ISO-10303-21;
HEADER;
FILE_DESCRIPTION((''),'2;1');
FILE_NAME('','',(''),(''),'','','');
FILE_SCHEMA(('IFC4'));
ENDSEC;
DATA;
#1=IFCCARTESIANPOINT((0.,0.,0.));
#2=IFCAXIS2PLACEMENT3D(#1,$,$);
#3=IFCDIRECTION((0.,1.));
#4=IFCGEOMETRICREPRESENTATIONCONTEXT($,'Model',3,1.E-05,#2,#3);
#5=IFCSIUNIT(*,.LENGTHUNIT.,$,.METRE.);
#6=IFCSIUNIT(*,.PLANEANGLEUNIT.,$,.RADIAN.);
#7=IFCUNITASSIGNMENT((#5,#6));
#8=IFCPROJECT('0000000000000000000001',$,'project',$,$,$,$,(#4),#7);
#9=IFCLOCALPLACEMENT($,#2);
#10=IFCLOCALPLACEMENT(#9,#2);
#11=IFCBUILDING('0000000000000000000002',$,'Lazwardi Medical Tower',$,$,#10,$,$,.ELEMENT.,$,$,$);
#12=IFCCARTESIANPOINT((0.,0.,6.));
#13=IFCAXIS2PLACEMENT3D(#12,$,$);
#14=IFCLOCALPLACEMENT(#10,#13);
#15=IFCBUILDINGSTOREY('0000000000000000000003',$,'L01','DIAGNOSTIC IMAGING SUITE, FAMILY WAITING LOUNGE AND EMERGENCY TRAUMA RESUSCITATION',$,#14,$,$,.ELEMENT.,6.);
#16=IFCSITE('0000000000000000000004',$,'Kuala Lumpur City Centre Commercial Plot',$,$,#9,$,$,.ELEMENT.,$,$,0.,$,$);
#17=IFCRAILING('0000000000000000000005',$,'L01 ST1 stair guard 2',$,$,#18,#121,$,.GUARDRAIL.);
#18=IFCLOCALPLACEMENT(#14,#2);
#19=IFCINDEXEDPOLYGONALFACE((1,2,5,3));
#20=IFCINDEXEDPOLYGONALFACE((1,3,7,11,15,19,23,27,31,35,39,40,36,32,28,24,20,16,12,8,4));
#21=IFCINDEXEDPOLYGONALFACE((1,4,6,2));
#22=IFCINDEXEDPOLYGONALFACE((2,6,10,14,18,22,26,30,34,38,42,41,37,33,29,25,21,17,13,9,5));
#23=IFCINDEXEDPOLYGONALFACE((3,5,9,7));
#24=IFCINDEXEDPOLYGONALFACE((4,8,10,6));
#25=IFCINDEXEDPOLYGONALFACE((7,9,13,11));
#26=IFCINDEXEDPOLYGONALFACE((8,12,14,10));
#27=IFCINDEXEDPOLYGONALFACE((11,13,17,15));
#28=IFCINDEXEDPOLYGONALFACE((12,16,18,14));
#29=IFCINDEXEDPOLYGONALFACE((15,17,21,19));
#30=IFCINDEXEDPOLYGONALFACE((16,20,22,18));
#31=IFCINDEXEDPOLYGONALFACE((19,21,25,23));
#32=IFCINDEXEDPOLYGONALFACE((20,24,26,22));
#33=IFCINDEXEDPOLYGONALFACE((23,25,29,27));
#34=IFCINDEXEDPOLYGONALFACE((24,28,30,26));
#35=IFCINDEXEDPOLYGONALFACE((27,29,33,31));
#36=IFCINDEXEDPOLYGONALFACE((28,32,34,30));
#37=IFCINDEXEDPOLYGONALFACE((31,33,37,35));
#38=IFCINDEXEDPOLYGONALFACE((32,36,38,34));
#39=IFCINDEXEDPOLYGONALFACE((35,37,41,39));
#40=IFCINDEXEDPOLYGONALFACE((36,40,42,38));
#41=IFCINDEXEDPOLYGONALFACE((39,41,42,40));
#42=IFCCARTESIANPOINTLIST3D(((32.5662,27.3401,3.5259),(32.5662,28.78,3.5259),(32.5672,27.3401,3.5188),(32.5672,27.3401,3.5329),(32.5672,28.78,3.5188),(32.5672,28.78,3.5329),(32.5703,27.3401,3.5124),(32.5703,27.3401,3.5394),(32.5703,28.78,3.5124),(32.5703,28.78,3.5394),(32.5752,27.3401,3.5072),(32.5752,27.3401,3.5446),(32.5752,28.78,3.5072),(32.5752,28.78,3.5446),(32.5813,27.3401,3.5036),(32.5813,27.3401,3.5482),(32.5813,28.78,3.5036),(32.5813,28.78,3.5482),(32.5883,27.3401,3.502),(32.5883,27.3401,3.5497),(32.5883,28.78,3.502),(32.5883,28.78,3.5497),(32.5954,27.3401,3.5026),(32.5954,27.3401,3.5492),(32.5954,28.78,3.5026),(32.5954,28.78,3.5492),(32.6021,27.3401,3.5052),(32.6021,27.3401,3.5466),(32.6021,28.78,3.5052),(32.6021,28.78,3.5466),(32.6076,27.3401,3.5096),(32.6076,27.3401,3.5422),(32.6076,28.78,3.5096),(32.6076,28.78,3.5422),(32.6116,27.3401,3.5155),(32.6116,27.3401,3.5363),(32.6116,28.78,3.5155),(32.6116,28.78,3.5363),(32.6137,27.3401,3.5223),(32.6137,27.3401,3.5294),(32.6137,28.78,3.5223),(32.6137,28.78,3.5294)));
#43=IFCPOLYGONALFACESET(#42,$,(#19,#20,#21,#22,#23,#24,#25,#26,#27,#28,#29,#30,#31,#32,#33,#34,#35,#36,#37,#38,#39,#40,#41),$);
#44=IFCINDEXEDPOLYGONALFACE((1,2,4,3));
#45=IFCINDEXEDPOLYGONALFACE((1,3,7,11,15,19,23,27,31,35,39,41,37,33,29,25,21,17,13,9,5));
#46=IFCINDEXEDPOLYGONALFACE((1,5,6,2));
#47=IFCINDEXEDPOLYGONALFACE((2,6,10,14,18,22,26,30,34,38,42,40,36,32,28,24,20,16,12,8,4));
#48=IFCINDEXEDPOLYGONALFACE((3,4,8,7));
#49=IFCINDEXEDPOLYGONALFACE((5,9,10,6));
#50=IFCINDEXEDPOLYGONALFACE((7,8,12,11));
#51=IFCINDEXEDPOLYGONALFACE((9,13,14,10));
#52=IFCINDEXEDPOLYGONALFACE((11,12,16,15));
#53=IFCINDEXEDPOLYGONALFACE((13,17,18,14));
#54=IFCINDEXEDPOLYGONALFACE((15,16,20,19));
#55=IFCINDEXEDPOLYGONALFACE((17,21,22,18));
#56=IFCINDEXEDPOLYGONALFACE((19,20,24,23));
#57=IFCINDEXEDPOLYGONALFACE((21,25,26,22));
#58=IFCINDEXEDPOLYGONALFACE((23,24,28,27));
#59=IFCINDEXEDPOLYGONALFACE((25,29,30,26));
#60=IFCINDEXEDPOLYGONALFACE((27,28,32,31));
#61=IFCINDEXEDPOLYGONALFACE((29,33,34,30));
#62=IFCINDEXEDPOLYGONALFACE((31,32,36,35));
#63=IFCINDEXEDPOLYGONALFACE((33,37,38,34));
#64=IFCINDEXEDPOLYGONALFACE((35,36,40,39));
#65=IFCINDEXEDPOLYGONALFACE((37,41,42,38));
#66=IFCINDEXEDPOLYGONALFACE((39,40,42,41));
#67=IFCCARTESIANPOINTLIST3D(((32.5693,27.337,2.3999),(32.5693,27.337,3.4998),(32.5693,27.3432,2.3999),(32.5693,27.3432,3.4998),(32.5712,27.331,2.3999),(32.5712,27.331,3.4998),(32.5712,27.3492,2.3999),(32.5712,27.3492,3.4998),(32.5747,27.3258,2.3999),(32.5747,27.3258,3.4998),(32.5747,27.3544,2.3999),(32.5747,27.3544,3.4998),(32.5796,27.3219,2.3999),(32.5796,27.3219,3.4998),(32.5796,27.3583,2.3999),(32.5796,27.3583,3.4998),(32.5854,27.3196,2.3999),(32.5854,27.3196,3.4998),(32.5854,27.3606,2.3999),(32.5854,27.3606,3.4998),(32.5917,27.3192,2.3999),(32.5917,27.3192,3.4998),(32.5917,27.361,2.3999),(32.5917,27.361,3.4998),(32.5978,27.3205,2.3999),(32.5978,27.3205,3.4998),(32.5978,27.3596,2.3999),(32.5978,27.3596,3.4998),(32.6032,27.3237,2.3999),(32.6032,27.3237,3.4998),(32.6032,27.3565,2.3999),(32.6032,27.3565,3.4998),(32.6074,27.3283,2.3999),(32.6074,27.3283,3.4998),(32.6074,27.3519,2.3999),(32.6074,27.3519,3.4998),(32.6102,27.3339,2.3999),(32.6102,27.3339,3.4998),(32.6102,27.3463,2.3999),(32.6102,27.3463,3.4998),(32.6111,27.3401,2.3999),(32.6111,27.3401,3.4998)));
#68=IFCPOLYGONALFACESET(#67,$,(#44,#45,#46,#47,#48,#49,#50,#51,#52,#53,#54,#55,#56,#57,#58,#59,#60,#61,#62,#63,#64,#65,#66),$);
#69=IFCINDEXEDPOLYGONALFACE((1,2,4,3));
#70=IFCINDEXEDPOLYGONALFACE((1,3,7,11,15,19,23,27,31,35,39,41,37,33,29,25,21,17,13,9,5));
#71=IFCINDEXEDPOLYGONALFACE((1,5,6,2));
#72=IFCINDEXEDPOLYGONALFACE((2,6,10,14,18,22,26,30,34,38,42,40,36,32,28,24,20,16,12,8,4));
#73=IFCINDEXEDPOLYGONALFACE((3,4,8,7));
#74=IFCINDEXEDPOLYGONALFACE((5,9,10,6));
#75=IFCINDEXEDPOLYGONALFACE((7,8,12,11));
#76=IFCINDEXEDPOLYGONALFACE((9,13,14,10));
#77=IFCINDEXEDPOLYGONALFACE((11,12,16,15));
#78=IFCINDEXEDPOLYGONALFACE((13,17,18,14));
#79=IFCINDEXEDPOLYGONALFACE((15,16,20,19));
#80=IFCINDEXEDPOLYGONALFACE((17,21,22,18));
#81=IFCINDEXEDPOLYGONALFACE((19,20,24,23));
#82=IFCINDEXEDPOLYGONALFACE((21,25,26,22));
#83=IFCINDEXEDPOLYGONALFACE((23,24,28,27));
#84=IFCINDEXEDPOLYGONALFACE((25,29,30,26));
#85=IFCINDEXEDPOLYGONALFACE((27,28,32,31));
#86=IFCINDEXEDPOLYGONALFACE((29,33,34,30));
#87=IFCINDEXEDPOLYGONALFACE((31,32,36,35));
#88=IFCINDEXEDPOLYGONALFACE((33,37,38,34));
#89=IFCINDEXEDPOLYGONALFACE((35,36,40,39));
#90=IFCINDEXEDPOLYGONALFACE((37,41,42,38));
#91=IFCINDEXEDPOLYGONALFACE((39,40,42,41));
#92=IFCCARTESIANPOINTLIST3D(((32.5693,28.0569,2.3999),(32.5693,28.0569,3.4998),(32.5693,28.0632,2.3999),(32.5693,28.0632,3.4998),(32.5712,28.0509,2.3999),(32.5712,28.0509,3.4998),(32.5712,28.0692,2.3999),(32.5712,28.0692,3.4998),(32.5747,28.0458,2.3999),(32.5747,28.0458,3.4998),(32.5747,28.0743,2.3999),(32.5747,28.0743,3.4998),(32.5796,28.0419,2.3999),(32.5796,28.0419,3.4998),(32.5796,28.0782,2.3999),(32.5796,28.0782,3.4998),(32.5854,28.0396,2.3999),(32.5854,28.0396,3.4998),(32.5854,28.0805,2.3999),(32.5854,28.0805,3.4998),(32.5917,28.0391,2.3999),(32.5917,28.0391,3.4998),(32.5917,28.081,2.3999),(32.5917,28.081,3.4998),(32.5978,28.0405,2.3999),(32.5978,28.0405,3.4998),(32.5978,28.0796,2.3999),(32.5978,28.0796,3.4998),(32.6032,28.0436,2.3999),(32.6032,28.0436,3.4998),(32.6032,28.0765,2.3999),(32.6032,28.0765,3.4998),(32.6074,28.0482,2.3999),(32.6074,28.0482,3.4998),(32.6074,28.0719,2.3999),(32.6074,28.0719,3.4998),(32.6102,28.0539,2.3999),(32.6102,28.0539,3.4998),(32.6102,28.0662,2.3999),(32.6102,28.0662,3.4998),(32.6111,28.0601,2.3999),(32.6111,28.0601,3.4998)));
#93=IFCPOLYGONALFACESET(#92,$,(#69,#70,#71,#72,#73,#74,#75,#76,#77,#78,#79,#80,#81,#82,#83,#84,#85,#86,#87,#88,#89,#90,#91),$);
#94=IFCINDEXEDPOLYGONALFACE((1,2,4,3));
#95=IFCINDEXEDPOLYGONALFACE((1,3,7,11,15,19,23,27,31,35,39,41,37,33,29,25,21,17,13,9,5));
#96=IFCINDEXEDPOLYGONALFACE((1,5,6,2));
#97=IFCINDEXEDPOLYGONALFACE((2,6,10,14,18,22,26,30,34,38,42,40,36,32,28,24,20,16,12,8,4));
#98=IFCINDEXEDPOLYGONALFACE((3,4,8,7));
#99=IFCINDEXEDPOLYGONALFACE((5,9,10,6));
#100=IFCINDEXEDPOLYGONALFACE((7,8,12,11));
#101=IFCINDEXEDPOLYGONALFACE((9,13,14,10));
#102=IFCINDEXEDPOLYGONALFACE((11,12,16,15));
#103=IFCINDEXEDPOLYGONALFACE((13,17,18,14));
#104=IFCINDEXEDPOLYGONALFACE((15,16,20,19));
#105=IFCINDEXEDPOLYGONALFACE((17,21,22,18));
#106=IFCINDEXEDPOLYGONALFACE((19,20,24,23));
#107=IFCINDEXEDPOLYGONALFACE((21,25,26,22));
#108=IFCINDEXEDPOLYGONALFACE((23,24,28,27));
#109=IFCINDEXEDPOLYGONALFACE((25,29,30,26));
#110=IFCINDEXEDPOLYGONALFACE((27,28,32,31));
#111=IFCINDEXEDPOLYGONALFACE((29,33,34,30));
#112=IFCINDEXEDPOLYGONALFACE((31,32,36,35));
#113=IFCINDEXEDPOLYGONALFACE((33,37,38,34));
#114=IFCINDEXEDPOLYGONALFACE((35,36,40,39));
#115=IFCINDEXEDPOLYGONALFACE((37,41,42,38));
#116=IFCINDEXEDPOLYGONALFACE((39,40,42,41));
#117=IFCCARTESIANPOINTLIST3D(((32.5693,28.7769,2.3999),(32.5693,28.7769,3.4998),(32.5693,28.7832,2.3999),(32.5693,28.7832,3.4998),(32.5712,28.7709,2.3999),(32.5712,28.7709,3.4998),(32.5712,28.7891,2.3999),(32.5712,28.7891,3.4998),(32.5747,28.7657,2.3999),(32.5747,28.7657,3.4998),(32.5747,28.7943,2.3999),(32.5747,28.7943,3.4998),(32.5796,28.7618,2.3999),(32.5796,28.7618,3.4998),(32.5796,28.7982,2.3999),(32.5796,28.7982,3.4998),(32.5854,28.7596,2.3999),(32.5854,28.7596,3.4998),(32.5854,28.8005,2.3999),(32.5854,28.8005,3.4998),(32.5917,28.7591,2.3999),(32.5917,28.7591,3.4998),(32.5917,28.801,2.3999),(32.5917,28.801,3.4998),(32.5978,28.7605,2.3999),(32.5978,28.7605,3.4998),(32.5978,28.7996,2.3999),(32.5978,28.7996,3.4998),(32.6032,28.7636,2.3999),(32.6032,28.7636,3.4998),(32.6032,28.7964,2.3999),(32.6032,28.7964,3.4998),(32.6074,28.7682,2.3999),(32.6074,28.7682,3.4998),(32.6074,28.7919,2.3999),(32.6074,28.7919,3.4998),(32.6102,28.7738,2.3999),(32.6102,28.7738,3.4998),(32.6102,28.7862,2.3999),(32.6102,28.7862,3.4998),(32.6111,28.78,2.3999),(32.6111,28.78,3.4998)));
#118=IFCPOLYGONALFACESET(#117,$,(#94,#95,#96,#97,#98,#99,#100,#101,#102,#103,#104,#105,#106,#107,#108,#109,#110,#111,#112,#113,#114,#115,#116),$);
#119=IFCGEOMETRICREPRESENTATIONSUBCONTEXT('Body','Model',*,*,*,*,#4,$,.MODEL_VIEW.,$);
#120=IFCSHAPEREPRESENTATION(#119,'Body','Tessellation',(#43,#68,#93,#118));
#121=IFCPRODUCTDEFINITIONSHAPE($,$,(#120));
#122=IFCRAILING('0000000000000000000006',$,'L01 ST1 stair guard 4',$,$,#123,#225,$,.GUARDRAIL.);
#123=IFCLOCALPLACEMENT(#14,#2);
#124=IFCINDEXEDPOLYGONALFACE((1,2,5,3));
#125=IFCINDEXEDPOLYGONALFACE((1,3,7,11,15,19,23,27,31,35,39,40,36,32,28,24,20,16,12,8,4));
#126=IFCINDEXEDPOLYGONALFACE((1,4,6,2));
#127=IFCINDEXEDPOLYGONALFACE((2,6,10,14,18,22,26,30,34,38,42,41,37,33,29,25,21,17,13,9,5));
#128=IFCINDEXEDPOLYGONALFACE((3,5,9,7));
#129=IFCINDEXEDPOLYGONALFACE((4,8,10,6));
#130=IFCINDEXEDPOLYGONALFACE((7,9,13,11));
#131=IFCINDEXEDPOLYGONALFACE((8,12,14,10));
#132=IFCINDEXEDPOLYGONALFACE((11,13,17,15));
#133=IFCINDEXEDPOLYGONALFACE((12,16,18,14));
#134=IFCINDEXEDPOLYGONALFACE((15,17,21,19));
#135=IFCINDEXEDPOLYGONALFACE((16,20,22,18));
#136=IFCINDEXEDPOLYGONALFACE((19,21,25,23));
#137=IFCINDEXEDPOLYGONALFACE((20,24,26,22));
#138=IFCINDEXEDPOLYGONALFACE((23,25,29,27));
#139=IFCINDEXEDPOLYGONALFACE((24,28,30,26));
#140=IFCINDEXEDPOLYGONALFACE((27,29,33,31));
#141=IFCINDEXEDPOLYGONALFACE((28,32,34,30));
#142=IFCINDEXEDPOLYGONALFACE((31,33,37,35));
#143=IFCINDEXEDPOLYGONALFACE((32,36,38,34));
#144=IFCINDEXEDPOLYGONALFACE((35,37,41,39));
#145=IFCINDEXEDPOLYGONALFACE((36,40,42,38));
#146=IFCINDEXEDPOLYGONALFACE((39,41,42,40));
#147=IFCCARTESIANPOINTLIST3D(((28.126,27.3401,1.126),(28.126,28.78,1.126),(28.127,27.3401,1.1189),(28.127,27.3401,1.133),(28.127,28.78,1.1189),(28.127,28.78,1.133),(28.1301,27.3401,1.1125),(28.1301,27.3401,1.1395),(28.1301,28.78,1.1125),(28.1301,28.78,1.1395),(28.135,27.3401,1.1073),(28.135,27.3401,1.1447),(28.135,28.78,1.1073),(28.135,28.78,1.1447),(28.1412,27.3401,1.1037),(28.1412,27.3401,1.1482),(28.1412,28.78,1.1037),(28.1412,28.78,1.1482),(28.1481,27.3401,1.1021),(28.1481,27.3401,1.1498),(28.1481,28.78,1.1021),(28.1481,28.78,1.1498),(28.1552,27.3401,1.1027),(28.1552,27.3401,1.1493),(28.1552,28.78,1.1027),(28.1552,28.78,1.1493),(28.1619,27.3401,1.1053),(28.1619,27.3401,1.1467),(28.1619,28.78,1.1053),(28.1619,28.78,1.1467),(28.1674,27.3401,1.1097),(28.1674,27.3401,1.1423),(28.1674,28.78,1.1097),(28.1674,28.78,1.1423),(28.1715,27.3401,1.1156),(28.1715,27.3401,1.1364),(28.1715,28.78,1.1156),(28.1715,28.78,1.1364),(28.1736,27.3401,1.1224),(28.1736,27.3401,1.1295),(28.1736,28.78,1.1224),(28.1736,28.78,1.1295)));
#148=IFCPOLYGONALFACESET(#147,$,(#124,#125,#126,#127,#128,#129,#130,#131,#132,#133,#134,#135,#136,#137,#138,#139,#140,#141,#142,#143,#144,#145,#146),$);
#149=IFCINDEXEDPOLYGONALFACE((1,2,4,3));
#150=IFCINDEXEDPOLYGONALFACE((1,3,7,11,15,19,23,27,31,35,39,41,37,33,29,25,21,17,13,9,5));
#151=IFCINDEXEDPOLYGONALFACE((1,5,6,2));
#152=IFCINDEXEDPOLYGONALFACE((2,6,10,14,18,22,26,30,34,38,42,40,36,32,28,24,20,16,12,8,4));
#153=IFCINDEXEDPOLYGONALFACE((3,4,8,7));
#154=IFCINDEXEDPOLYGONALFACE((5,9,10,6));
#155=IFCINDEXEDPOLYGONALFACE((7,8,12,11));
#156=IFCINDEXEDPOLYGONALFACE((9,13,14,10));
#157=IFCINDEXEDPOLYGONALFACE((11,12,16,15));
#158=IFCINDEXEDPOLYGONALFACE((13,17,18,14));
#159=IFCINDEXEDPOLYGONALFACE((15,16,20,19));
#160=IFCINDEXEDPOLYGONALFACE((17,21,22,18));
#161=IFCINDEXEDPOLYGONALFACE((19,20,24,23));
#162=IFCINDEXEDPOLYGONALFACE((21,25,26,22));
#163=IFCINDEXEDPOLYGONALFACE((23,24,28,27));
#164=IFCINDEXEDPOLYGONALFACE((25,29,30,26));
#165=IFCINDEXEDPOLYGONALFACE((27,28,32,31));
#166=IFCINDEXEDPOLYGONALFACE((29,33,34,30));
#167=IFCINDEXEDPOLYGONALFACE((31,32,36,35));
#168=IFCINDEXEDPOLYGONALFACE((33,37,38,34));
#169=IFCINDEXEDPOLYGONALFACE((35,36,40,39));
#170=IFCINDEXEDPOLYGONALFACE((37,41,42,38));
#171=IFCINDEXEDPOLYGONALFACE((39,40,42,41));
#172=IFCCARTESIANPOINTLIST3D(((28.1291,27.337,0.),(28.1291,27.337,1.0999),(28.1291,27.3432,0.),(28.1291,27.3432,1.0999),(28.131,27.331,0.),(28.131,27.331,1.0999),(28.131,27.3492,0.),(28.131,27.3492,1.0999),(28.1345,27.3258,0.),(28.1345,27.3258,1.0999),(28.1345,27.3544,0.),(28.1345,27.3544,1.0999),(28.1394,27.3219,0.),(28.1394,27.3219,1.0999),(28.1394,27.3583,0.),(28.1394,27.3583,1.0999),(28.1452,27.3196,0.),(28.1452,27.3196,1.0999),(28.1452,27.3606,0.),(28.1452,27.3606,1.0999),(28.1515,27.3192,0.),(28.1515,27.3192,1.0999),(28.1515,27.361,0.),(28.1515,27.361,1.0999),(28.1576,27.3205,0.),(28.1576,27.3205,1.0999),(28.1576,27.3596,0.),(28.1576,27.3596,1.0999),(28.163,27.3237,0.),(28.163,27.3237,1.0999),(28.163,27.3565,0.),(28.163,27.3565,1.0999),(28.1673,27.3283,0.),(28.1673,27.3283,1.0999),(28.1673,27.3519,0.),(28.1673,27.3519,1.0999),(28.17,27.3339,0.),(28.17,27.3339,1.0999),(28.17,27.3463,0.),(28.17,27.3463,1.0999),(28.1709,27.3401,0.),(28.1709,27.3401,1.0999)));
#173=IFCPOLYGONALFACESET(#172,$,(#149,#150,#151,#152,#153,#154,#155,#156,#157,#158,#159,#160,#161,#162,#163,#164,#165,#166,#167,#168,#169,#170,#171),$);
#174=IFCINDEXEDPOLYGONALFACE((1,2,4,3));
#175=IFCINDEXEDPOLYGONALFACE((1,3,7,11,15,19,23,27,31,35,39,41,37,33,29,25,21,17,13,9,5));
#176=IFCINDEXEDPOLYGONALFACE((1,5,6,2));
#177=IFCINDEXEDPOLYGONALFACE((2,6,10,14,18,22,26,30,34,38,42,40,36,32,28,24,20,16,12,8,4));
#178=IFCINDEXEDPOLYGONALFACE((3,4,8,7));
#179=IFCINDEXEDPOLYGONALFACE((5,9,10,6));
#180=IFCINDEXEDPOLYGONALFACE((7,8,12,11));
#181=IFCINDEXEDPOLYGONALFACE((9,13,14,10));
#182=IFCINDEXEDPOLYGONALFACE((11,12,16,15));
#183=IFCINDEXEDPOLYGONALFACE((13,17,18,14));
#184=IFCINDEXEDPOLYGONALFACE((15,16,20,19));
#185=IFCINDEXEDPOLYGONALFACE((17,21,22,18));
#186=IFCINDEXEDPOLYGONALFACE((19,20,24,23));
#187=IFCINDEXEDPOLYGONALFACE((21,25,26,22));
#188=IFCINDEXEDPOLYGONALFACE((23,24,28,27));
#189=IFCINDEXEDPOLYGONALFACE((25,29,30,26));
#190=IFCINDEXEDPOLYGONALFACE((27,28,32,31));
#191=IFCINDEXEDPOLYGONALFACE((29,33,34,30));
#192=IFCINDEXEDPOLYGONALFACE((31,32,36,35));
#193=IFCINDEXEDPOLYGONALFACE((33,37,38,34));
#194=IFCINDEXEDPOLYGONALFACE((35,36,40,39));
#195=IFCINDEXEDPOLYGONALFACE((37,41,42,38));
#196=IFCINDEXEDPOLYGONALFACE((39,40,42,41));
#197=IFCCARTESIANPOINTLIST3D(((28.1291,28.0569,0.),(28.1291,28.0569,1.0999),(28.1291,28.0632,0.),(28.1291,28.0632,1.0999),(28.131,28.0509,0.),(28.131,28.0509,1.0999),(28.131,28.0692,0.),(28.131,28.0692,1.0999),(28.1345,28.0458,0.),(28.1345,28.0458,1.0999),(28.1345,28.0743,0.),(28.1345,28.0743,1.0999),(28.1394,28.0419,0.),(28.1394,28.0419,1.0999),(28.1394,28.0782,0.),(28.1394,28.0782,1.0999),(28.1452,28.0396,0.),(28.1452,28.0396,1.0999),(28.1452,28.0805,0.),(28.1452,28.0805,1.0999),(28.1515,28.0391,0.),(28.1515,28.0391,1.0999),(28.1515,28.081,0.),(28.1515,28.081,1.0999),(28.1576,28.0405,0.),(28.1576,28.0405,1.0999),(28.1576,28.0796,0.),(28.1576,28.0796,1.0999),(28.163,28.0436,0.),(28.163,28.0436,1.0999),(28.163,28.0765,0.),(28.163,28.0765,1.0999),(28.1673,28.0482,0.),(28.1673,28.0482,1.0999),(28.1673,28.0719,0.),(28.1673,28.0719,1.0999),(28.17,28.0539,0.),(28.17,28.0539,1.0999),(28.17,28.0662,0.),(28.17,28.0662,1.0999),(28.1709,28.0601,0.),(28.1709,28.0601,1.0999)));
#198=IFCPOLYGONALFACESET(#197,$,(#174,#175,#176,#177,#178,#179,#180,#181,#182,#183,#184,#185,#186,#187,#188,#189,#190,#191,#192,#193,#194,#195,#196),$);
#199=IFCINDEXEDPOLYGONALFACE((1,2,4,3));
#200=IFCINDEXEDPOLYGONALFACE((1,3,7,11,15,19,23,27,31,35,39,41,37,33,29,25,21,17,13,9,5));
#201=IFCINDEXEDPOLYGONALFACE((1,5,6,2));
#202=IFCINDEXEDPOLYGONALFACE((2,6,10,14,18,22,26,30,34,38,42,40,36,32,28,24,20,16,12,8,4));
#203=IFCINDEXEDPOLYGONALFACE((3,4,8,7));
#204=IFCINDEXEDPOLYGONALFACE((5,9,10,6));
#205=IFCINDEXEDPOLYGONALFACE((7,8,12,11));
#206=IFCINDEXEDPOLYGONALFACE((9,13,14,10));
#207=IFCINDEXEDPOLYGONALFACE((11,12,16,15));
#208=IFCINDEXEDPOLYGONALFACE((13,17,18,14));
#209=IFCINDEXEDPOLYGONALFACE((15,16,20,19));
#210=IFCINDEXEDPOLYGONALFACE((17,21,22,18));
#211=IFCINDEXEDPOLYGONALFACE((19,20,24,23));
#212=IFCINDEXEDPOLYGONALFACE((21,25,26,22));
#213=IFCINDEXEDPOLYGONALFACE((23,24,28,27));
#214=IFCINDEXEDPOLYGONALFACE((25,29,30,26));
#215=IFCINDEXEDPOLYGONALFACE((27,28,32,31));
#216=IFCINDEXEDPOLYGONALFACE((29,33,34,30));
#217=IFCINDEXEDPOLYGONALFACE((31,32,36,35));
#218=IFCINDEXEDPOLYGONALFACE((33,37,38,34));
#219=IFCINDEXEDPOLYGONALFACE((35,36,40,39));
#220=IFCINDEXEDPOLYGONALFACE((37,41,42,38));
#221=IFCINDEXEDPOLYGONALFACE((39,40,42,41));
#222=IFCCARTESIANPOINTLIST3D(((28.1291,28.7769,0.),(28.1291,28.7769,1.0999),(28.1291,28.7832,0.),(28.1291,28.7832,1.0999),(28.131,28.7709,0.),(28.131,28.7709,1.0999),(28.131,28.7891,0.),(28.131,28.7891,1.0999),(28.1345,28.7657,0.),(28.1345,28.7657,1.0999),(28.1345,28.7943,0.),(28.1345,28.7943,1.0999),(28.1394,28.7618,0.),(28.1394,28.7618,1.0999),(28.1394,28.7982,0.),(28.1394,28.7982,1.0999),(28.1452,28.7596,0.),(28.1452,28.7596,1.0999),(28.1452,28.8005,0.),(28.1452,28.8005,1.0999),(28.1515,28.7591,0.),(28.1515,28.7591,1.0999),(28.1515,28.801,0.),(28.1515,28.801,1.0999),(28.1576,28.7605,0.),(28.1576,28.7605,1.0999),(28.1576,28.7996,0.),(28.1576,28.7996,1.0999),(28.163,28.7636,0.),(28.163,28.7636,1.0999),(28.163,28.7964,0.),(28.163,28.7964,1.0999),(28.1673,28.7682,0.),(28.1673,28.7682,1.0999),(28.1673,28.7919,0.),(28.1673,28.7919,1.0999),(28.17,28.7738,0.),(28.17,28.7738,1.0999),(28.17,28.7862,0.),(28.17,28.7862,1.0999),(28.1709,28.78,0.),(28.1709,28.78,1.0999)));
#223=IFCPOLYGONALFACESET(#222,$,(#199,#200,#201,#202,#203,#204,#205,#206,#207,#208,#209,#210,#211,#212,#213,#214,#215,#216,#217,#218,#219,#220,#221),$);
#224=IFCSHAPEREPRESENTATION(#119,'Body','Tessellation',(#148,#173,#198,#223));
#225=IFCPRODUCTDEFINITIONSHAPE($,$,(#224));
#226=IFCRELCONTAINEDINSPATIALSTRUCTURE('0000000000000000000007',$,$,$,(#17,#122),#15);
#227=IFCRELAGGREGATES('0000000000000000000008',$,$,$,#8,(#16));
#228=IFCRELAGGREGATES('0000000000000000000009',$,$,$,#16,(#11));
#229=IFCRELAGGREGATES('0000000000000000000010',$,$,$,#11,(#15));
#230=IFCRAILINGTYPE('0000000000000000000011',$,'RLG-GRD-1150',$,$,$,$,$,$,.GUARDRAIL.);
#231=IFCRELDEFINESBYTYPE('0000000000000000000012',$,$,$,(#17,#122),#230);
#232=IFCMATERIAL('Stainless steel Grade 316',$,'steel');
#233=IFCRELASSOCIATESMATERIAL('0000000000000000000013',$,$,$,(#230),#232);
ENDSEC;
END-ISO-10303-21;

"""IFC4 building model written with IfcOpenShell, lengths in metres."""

from ifc_helpers import new_model, si_unit, direction, frame, origin, origin_2d, place, context, subcontext, project, spatial, circle, extrude, material, type_object, element, save


model = new_model("IFC4")

# Units and contexts
model_context = context("Model", 3, precision=1e-05, world=origin(), true_north=direction((0.0, 1.0)))
body_context = subcontext(model_context, "Body", "Model", "MODEL_VIEW")
ifc_project = project(units=[si_unit("LENGTHUNIT", "METRE"), si_unit("PLANEANGLEUNIT", "RADIAN")], contexts=[model_context])

# Site, building, storey
site_placement = place(None, origin())
site = spatial("IfcSite", under=ifc_project, at=site_placement, Name="Kuala Lumpur City Centre Commercial Plot", CompositionType="ELEMENT", RefElevation=0.0)
building_placement = place(site_placement, origin())
building = spatial("IfcBuilding", under=site, at=building_placement, Name="Lazwardi Medical Tower", CompositionType="ELEMENT")
storey_placement = place(building_placement, frame((0.0, 0.0, 6.0)))
storey = spatial("IfcBuildingStorey", under=building, at=storey_placement, Name="L01", Description="DIAGNOSTIC IMAGING SUITE, FAMILY WAITING LOUNGE AND EMERGENCY TRAUMA RESUSCITATION", CompositionType="ELEMENT", Elevation=6.0)

# Railings
ifc_material_1 = material(Name="Stainless steel Grade 316", Category="steel")
railing_type_1 = type_object("IfcRailingType", Name="RLG-GRD-1150", PredefinedType="GUARDRAIL", material=ifc_material_1)
for number, where, name in (
    (1, (32.5901, 27.3401, 2.3999), "L01 ST1 stair guard 2"),
    (2, (28.1499, 27.3401, 0.0), "L01 ST1 stair guard 4"),
):
    element("IfcRailing", number, at=place(storey_placement, frame(where)), inside=storey, type_object=railing_type_1, Name=name, PredefinedType="GUARDRAIL", context=body_context, shape_type="SweptSolid", body=[
        extrude(circle(Radius=0.0239, at=origin_2d()), frame((0.0, 0.0, 1.126), z_axis=(0.0, 1.0, 0.0), x_axis=(-1.0, 0.0, 0.0)), (0.0, 0.0, 1.0), 1.4399),
        extrude(circle(Radius=0.021, at=origin_2d()), origin(), (0.0, 0.0, 1.0), 1.0999),
        extrude(circle(Radius=0.021, at=origin_2d()), frame((0.0, 0.72, 0.0)), (0.0, 0.0, 1.0), 1.0999),
        extrude(circle(Radius=0.021, at=origin_2d()), frame((0.0, 1.4399, 0.0)), (0.0, 0.0, 1.0), 1.0999),
    ])

save(model, "model.ifc")
